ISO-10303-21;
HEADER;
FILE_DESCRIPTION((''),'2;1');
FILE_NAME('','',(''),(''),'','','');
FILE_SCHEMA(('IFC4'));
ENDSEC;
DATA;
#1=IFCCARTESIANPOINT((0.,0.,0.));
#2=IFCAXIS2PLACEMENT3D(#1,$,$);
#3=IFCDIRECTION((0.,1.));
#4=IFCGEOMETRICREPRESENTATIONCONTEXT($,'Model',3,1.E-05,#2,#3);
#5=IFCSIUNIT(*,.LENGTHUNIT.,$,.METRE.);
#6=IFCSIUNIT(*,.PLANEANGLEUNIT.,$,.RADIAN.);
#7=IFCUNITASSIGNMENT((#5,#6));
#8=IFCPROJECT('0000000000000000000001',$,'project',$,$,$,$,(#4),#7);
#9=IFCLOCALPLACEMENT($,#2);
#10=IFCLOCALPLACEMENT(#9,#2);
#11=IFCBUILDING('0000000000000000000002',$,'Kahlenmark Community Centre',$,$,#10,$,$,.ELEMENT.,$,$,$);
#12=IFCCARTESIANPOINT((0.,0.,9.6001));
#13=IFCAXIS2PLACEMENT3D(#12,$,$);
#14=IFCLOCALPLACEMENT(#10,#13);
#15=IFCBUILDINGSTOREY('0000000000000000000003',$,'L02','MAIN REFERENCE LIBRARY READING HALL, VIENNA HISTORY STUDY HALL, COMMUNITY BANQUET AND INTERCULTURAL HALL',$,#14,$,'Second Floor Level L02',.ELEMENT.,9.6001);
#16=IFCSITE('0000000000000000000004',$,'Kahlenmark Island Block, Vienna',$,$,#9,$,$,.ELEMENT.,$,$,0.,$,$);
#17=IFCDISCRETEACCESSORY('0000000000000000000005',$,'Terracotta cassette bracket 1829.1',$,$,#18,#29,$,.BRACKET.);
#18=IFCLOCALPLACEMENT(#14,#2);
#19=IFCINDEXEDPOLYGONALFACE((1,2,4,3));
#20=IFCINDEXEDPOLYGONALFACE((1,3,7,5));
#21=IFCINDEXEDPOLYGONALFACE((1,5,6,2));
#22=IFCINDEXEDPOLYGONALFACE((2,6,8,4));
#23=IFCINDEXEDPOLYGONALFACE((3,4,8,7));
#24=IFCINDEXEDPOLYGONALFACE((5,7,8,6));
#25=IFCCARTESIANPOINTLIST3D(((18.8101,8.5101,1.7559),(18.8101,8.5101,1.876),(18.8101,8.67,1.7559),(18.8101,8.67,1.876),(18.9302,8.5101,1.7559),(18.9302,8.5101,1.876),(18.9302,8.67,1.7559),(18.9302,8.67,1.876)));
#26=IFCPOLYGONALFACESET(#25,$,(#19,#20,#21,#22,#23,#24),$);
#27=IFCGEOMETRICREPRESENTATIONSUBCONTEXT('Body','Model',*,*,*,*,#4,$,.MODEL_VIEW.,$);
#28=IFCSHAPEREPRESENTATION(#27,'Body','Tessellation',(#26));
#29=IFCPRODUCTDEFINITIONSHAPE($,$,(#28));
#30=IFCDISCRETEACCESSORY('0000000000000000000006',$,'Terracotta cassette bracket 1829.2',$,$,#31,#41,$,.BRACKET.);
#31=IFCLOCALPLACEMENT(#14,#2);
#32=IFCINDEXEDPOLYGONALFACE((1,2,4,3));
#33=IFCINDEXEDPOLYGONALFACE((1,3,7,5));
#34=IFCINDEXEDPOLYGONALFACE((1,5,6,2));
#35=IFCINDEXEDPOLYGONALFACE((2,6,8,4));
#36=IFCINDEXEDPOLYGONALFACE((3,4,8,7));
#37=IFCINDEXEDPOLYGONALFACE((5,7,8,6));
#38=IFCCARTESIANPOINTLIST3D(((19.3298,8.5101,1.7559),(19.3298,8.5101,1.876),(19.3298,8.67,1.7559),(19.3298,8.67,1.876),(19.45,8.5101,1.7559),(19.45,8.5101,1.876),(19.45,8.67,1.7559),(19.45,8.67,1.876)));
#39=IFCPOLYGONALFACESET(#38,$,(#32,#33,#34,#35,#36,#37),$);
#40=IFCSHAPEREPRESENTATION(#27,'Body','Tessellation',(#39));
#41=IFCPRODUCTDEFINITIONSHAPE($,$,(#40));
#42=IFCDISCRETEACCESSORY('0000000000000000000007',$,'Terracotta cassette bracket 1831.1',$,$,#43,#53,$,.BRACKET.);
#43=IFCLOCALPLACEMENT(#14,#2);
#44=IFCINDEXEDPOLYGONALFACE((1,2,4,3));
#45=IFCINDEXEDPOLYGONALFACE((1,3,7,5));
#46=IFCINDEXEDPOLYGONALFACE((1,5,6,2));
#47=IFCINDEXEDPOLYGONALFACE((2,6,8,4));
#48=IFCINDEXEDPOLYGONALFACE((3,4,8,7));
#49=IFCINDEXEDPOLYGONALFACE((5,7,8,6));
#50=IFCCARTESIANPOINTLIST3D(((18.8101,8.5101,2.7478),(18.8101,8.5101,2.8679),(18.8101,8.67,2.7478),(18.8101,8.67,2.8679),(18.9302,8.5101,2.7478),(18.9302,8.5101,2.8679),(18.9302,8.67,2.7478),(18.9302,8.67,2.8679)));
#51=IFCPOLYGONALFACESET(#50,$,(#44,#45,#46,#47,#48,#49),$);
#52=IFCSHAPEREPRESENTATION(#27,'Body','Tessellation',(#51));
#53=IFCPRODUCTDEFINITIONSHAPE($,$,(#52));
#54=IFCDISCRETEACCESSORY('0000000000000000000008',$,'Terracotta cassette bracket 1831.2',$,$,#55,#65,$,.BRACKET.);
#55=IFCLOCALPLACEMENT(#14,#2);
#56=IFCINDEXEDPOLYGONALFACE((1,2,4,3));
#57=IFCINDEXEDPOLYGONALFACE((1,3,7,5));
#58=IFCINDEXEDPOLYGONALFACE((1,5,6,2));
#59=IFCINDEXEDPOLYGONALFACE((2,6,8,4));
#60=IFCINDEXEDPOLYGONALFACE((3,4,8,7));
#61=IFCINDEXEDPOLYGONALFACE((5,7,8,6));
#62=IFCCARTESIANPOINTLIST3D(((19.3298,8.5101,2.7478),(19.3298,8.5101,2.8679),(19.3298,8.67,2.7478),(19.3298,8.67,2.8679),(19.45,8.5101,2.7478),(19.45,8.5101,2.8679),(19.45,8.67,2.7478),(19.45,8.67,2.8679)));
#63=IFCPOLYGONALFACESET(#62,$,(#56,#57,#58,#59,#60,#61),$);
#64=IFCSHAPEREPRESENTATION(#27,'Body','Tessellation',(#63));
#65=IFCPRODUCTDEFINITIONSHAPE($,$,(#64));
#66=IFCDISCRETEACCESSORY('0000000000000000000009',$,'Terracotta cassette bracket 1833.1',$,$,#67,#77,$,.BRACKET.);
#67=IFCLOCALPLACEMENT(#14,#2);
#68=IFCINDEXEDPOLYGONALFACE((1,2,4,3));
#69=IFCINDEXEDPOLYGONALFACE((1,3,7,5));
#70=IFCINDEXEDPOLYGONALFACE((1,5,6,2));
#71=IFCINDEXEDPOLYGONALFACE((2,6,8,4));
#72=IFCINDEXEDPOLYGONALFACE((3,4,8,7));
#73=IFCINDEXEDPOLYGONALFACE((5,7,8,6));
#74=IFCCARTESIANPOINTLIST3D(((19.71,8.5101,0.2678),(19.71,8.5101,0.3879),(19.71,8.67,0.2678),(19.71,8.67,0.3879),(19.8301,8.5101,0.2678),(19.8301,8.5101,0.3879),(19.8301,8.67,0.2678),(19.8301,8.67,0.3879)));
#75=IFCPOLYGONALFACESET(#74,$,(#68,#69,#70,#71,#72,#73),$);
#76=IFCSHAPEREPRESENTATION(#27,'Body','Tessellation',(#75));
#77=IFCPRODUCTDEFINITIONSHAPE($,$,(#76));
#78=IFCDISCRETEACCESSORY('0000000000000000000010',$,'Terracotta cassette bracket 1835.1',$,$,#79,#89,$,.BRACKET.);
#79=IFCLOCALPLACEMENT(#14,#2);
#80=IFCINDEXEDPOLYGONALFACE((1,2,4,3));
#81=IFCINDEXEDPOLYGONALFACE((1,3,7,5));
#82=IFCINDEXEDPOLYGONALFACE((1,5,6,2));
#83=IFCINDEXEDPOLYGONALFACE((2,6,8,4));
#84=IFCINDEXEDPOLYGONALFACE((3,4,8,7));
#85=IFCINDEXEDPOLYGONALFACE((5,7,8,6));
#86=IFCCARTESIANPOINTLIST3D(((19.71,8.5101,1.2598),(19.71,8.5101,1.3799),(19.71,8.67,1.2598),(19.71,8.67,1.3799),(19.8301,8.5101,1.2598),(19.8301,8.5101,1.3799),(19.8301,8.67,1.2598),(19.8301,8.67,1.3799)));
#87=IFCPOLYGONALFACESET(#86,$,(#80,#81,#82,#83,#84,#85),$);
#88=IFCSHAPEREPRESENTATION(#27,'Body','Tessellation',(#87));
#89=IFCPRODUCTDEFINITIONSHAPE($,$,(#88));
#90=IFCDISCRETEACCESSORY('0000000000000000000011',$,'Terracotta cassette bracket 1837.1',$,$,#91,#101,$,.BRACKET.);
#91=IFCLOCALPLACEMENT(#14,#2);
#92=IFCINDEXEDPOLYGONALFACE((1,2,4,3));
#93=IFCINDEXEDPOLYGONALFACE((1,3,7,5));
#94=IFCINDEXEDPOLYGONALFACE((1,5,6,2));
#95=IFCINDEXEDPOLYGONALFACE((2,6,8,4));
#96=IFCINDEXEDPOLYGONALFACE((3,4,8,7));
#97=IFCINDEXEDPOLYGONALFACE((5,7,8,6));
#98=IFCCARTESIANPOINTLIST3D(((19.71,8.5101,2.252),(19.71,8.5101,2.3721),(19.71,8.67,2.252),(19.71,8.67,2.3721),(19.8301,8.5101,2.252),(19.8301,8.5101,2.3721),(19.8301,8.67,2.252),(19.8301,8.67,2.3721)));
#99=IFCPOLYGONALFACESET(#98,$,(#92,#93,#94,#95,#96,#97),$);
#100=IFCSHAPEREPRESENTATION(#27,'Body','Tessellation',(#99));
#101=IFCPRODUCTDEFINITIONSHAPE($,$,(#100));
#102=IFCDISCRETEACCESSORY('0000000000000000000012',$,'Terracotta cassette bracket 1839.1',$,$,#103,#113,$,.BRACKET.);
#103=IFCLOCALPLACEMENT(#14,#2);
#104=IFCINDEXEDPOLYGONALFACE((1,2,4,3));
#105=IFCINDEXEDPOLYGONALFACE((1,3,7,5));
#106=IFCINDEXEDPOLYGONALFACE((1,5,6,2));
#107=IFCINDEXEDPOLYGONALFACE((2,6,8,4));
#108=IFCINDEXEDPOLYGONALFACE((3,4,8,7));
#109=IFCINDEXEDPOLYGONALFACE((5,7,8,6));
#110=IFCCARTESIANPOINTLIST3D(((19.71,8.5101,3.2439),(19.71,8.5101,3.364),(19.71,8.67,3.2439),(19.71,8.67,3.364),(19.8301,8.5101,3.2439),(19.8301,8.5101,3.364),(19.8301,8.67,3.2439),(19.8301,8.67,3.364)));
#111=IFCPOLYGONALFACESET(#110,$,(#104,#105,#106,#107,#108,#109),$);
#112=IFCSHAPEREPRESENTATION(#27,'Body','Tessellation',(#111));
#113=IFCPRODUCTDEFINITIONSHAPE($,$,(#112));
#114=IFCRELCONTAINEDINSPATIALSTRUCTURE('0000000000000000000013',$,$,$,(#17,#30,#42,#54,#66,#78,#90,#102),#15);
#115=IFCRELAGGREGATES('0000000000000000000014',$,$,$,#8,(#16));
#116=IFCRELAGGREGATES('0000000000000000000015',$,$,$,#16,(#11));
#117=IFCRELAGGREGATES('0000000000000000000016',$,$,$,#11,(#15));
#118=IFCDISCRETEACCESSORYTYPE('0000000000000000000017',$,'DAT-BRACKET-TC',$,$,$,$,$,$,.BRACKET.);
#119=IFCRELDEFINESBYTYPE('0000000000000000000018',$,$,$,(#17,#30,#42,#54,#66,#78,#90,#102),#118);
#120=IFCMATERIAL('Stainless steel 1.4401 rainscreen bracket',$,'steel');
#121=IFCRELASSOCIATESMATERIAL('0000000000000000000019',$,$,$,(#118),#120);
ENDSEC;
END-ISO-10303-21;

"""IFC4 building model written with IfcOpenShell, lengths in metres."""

from ifc_helpers import new_model, si_unit, direction, frame, origin, origin_2d, place, context, subcontext, project, spatial, rectangle, extrude, material, type_object, element, save


model = new_model("IFC4")

# Units and contexts
model_context = context("Model", 3, precision=1e-05, world=origin(), true_north=direction((0.0, 1.0)))
body_context = subcontext(model_context, "Body", "Model", "MODEL_VIEW")
ifc_project = project(units=[si_unit("LENGTHUNIT", "METRE"), si_unit("PLANEANGLEUNIT", "RADIAN")], contexts=[model_context])

# Site, building, storey
site_placement = place(None, origin())
site = spatial("IfcSite", under=ifc_project, at=site_placement, Name="Kahlenmark Island Block, Vienna", CompositionType="ELEMENT", RefElevation=0.0)
building_placement = place(site_placement, origin())
building = spatial("IfcBuilding", under=site, at=building_placement, Name="Kahlenmark Community Centre", CompositionType="ELEMENT")
storey_placement = place(building_placement, frame((0.0, 0.0, 9.6001)))
storey = spatial("IfcBuildingStorey", under=building, at=storey_placement, Name="L02", Description="MAIN REFERENCE LIBRARY READING HALL, VIENNA HISTORY STUDY HALL, COMMUNITY BANQUET AND INTERCULTURAL HALL", LongName="Second Floor Level L02", CompositionType="ELEMENT", Elevation=9.6001)

# Discrete accessories
ifc_material_1 = material(Name="Stainless steel 1.4401 rainscreen bracket", Category="steel")
discrete_accessory_type = type_object("IfcDiscreteAccessoryType", Name="DAT-BRACKET-TC", PredefinedType="BRACKET", material=ifc_material_1)
for number, where, z_axis, x_axis, name in (
    (1, (18.8701, 8.5901, 1.7559), (0.0, 0.0, 1.0), (1.0, 0.0, 0.0), "Terracotta cassette bracket 1829.1"),
    (2, (19.3899, 8.5901, 1.7559), (0.0, 0.0, 1.0), (1.0, 0.0, 0.0), "Terracotta cassette bracket 1829.2"),
    (3, (18.8701, 8.5901, 2.7478), (0.0, 0.0, 1.0), (1.0, 0.0, 0.0), "Terracotta cassette bracket 1831.1"),
    (4, (19.3899, 8.5901, 2.7478), (0.0, 0.0, 1.0), (1.0, 0.0, 0.0), "Terracotta cassette bracket 1831.2"),
    (5, (19.77, 8.5901, 0.2678), (0.0, 0.0, 1.0), (1.0, 0.0, 0.0), "Terracotta cassette bracket 1833.1"),
    (6, (19.77, 8.5901, 1.2598), (0.0, 0.0, 1.0), (1.0, 0.0, 0.0), "Terracotta cassette bracket 1835.1"),
    (7, (19.77, 8.5901, 2.252), (0.0, 0.0, 1.0), (1.0, 0.0, 0.0), "Terracotta cassette bracket 1837.1"),
    (8, (19.77, 8.5901, 3.2439), (0.0, 0.0, 1.0), (1.0, 0.0, 0.0), "Terracotta cassette bracket 1839.1"),
):
    element("IfcDiscreteAccessory", number, at=place(storey_placement, frame(where, z_axis=z_axis, x_axis=x_axis)), inside=storey, type_object=discrete_accessory_type, Name=name, PredefinedType="BRACKET", context=body_context, shape_type="SweptSolid", body=[
        extrude(rectangle(XDim=0.1201, YDim=0.1599, at=origin_2d()), origin(), (0.0, 0.0, 1.0), 0.1201),
    ])

save(model, "model.ifc")
